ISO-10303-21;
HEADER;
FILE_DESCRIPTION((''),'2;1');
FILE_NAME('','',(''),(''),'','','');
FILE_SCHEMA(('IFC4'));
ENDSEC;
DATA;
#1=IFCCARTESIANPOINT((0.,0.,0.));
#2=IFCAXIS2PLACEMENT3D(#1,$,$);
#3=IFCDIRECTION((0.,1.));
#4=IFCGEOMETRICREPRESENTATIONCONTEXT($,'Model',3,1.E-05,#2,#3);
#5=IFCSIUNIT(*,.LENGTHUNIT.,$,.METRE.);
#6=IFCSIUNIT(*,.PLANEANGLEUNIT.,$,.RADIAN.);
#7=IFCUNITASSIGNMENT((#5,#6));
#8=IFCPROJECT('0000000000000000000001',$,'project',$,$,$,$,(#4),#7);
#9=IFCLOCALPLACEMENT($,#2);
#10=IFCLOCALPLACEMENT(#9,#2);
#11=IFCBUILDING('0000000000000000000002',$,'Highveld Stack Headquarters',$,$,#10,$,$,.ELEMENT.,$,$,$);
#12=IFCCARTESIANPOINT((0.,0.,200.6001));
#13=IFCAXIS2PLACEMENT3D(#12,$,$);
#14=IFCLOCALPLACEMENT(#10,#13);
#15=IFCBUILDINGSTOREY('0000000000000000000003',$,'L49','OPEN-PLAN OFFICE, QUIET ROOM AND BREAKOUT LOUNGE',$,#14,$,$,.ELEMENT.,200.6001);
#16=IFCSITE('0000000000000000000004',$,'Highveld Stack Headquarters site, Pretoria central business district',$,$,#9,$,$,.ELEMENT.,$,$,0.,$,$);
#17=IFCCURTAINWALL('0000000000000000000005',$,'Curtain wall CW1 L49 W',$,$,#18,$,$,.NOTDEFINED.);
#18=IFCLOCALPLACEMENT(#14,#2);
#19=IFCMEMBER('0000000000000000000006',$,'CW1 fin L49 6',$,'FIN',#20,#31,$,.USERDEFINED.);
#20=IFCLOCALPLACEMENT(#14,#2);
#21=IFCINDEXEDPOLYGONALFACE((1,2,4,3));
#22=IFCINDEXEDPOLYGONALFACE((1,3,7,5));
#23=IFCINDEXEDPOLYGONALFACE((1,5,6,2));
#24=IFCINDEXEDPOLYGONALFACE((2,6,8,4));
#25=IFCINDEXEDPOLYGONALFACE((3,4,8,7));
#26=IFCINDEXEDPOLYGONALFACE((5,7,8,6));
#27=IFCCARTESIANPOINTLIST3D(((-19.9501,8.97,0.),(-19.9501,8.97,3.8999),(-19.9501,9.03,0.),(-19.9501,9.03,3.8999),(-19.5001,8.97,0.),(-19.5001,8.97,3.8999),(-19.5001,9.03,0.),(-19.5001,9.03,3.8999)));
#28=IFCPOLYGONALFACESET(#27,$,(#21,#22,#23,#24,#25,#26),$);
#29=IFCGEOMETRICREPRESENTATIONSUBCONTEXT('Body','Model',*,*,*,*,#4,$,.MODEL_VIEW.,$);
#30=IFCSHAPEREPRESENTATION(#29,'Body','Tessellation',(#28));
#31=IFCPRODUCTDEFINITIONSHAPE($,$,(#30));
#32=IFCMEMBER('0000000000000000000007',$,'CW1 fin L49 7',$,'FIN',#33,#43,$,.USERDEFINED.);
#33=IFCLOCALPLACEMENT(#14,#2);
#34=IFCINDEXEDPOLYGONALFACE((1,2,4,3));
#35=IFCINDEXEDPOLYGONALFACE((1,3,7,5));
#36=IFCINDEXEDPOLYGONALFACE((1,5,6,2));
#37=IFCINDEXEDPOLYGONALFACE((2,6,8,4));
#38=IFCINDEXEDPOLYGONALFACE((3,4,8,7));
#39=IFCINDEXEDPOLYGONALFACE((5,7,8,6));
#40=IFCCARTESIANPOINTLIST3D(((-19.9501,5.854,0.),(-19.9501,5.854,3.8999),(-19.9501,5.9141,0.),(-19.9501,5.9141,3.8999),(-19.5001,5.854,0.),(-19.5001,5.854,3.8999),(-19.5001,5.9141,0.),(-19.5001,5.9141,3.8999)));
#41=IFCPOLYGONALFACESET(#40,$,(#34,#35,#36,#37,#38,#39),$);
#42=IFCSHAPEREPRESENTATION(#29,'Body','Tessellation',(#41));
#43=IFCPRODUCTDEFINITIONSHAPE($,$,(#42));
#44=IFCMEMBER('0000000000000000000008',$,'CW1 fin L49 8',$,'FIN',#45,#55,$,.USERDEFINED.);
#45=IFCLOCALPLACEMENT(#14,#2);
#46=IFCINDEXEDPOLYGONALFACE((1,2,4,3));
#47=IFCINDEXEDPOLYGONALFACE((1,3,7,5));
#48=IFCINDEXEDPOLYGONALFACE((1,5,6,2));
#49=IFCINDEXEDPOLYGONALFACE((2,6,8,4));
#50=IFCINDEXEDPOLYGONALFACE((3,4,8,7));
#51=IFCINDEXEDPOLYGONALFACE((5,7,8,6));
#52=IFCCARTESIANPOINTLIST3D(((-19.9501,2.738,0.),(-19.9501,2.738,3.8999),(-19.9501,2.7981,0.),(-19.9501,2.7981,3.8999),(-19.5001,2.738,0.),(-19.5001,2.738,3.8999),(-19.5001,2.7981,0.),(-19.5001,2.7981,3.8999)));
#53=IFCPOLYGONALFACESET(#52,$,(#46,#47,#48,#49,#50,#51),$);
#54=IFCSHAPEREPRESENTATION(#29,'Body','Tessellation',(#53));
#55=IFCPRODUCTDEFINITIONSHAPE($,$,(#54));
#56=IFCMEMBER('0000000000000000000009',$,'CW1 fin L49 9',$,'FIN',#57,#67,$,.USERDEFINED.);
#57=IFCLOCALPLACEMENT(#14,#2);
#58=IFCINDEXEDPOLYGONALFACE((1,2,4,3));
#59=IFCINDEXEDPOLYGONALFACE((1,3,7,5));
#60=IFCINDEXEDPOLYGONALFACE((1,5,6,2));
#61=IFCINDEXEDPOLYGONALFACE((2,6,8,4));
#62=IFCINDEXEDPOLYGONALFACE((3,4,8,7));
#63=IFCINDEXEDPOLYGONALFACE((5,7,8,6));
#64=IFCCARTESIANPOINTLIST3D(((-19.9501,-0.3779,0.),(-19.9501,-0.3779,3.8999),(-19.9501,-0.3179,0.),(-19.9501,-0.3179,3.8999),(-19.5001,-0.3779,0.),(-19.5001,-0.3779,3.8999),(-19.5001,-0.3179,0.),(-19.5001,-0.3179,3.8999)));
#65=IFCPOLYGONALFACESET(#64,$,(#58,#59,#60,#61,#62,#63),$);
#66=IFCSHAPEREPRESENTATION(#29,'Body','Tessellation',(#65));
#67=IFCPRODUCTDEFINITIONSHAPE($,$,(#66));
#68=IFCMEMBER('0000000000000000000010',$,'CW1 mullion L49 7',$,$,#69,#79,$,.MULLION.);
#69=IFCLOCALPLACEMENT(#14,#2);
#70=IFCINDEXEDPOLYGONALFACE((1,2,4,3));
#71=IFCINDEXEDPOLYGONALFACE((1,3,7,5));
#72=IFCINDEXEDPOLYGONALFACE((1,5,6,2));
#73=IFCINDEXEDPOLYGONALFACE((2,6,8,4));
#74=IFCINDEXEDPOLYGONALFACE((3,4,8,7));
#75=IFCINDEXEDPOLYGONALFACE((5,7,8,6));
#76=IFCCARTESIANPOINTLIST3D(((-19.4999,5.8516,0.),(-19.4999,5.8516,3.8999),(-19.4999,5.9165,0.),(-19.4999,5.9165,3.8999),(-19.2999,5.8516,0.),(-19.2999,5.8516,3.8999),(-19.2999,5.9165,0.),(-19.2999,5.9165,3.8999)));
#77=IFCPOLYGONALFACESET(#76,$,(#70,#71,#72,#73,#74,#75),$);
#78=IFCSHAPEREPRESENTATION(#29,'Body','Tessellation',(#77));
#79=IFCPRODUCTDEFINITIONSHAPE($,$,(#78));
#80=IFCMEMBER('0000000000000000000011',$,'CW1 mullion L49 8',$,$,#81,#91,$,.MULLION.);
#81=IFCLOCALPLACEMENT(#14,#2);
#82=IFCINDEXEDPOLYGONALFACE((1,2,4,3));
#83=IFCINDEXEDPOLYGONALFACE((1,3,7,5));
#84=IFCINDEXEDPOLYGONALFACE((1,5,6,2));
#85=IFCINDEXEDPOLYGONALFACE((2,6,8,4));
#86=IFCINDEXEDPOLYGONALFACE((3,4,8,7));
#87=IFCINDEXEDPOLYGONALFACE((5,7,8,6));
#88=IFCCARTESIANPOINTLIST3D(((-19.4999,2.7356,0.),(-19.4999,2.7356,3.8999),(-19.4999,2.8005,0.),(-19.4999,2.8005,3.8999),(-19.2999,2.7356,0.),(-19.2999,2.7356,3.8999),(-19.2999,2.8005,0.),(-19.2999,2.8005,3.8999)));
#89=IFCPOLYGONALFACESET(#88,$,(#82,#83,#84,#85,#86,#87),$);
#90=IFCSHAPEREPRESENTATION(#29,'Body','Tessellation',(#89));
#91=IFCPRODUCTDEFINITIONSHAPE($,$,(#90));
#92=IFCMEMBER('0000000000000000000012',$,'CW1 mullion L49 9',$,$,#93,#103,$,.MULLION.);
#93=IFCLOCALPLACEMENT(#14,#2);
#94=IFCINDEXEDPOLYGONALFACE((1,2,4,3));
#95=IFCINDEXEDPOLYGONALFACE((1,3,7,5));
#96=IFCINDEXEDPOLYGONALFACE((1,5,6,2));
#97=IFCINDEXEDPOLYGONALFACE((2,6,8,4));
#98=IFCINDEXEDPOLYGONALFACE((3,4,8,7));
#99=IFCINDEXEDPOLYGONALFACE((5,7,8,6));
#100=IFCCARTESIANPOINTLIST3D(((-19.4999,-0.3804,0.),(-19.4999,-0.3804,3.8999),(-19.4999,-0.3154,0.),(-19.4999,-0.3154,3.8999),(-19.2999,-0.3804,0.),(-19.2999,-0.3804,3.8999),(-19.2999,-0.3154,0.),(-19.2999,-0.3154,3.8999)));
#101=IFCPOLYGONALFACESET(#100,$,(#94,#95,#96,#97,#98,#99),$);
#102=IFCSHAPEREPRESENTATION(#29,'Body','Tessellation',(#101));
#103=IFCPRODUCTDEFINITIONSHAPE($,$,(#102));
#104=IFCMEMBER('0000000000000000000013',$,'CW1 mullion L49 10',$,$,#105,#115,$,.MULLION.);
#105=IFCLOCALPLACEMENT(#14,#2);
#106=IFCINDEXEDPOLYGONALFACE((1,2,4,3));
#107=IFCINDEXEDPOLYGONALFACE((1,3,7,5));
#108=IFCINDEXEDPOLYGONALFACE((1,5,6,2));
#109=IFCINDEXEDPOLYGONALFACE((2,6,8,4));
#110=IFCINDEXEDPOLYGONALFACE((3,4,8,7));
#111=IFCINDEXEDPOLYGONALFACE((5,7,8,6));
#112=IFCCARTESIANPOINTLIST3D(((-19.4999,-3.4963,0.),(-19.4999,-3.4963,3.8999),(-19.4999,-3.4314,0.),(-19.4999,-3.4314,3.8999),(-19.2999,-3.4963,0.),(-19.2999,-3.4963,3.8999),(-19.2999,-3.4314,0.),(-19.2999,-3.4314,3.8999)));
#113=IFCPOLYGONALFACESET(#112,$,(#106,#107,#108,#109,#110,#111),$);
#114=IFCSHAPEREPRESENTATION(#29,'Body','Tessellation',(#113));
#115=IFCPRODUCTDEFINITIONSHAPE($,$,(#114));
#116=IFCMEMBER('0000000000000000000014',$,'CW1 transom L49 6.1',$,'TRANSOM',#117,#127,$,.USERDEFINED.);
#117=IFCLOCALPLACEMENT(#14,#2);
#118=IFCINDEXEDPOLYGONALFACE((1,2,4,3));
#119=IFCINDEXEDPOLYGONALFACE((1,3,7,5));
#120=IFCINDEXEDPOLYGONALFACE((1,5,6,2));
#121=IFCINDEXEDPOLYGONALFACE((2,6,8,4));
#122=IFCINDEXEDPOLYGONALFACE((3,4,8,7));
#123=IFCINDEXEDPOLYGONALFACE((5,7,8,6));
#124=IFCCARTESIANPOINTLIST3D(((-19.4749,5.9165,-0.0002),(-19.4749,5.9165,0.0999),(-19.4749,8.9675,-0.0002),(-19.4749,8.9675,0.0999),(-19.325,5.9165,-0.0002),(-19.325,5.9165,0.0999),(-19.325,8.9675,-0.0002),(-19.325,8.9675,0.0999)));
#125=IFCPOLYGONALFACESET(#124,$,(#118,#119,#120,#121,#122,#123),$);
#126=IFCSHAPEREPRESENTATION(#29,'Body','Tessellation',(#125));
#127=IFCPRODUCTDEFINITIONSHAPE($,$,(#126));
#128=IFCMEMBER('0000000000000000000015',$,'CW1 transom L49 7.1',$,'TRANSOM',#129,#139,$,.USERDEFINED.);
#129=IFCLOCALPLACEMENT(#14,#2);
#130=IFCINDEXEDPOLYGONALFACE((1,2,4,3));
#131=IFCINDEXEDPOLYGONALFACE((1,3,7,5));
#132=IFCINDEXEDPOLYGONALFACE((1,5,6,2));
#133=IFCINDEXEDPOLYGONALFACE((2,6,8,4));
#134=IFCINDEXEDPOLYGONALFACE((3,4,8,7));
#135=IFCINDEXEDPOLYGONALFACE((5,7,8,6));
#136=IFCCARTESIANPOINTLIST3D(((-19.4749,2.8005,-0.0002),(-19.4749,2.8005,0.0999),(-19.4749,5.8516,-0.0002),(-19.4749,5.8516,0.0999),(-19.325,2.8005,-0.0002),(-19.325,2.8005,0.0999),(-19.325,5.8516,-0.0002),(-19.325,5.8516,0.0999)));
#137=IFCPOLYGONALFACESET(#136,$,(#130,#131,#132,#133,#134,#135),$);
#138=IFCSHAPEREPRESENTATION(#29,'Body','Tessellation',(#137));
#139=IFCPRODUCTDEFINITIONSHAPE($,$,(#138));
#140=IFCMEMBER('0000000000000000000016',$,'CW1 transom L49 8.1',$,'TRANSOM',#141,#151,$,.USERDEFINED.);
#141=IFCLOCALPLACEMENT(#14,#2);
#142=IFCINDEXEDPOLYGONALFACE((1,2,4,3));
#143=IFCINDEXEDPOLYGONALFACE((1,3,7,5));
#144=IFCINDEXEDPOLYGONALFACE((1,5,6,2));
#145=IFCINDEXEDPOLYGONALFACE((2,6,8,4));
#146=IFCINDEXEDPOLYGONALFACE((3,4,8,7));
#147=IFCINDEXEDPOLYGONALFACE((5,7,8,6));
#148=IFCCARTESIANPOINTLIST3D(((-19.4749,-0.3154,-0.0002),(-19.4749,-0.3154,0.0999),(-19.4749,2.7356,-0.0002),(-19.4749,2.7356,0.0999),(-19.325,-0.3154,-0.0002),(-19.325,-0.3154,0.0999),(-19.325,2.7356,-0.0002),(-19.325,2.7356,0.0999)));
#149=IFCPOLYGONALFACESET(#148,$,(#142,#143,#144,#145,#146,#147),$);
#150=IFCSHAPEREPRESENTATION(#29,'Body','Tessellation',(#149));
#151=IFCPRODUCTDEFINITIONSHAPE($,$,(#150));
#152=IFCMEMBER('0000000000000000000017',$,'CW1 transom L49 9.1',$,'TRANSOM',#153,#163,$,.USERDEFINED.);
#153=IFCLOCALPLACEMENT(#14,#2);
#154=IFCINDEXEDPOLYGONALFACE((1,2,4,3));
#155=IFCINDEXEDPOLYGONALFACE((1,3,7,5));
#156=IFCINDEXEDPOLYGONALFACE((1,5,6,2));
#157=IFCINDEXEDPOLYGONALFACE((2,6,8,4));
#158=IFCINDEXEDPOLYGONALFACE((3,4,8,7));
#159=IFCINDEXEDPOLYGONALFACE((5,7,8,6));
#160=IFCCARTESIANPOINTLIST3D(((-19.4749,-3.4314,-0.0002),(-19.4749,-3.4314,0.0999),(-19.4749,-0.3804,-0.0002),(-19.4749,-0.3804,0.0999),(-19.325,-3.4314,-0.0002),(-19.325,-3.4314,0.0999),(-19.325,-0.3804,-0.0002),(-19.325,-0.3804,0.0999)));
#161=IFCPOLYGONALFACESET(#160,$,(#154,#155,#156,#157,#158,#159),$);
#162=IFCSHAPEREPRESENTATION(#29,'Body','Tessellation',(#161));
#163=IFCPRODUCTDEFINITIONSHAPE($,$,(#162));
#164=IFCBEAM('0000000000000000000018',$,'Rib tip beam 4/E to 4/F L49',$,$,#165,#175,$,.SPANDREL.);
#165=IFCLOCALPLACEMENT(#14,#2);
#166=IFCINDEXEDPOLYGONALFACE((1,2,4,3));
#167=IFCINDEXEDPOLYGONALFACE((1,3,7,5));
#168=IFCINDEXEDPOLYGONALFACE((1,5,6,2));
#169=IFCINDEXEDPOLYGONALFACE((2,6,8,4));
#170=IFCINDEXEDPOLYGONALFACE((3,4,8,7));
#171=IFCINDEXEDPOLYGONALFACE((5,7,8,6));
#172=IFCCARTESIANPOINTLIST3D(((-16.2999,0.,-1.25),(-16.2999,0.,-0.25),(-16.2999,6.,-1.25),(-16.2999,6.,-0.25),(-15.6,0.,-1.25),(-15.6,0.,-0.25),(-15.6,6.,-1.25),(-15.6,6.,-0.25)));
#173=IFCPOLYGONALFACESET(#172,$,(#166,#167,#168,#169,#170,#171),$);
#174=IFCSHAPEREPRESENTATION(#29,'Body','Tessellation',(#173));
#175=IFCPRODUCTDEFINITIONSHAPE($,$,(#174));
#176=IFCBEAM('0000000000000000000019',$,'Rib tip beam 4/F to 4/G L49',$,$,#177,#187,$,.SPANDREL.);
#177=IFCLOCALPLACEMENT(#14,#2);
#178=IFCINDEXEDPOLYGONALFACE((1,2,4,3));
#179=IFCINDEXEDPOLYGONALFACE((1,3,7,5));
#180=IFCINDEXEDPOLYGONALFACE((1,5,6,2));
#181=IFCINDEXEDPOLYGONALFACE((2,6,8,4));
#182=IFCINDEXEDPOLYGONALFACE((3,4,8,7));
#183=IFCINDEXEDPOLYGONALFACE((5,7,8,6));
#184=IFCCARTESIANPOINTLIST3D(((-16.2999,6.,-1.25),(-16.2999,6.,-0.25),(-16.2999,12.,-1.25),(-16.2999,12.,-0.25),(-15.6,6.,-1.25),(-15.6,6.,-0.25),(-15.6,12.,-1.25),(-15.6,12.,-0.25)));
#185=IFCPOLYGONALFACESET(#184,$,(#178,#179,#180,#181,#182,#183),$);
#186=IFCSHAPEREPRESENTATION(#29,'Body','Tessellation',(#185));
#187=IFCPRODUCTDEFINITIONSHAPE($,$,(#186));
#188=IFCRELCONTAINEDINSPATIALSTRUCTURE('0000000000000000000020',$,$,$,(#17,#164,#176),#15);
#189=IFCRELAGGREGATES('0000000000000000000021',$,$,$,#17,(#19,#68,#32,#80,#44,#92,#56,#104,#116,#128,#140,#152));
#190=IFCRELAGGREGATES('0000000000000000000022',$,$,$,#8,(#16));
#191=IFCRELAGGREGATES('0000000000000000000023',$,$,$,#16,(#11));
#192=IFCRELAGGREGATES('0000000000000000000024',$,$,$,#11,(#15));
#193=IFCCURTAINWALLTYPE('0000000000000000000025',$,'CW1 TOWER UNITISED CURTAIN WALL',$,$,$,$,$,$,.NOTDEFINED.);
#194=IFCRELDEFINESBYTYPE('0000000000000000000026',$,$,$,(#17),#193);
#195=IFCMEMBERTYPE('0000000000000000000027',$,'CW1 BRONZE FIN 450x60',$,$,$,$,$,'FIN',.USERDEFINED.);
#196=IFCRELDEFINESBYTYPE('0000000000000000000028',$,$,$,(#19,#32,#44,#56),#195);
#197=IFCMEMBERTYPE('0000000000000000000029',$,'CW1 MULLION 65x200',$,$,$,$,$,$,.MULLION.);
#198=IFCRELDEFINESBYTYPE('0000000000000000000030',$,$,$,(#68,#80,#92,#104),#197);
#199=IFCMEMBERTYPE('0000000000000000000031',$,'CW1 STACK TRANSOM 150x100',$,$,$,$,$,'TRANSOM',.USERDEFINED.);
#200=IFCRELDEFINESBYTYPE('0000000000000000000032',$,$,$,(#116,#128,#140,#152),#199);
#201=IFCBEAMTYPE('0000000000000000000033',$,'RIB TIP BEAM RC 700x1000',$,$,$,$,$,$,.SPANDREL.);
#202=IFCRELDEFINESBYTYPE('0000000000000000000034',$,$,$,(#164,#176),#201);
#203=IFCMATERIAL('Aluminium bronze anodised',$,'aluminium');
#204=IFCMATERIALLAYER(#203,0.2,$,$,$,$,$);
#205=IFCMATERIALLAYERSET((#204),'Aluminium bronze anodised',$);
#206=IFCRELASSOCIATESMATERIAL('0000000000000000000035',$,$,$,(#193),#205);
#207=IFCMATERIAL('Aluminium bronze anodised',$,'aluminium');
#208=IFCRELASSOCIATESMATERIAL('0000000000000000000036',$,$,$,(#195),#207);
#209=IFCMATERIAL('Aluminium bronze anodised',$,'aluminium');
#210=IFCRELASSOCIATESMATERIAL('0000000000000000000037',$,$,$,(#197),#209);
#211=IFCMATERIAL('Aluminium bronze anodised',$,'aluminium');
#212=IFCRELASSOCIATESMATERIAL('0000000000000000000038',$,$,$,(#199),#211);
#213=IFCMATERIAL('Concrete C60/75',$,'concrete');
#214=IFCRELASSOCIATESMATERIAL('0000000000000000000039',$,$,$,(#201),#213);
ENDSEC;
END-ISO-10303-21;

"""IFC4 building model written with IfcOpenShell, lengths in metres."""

from ifc_helpers import new_model, si_unit, direction, frame, origin, origin_2d, place, context, subcontext, project, spatial, rectangle, extrude, material, layer, layer_set, material_profile, profile_set, type_object, element, aggregate, save


model = new_model("IFC4")

# Units and contexts
model_context = context("Model", 3, precision=1e-05, world=origin(), true_north=direction((0.0, 1.0)))
body_context = subcontext(model_context, "Body", "Model", "MODEL_VIEW")
ifc_project = project(units=[si_unit("LENGTHUNIT", "METRE"), si_unit("PLANEANGLEUNIT", "RADIAN")], contexts=[model_context])

# Site, building, storey
site_placement = place(None, origin())
site = spatial("IfcSite", under=ifc_project, at=site_placement, Name="Highveld Stack Headquarters site, Pretoria central business district", CompositionType="ELEMENT", RefElevation=0.0)
building_placement = place(site_placement, origin())
building = spatial("IfcBuilding", under=site, at=building_placement, Name="Highveld Stack Headquarters", CompositionType="ELEMENT")
storey_placement = place(building_placement, frame((0.0, 0.0, 200.6001)))
storey = spatial("IfcBuildingStorey", under=building, at=storey_placement, Name="L49", Description="OPEN-PLAN OFFICE, QUIET ROOM AND BREAKOUT LOUNGE", CompositionType="ELEMENT", Elevation=200.6001)

# Curtain wall, members
ifc_material_1 = material(Name="Aluminium bronze anodised", Category="aluminium")
ifc_layer_1 = layer(ifc_material_1, 0.2)
ifc_layer_set_1 = layer_set([ifc_layer_1], Name="Aluminium bronze anodised")
curtain_wall_type = type_object("IfcCurtainWallType", Name="CW1 TOWER UNITISED CURTAIN WALL", PredefinedType="NOTDEFINED", material=ifc_layer_set_1)
curtain_wall_placement = place(storey_placement, origin())
curtain_wall = element("IfcCurtainWall", 1, at=curtain_wall_placement, inside=storey, type_object=curtain_wall_type, Name="Curtain wall CW1 L49 W", PredefinedType="NOTDEFINED")
ifc_material_2 = material(Name="Aluminium bronze anodised", Category="aluminium")
ifc_material_profile_1 = material_profile(ifc_material_2, rectangle(XDim=0.45, YDim=0.0601, at=origin_2d()), Name="FIN 450x60")
ifc_profile_set_1 = profile_set([ifc_material_profile_1], Name="Aluminium bronze anodised")
member_type_1 = type_object("IfcMemberType", Name="CW1 BRONZE FIN 450x60", ElementType="FIN", PredefinedType="USERDEFINED", material=ifc_profile_set_1)
member_1_placement = place(storey_placement, frame((-19.7251, 9.0, 0.0), z_axis=(0.0, 0.0, 1.0), x_axis=(1.0, 0.0, 0.0)))
member_1 = element("IfcMember", 2, at=member_1_placement, type_object=member_type_1, Name="CW1 fin L49 6", ObjectType="FIN", PredefinedType="USERDEFINED", context=body_context, shape_type="SweptSolid", body=[
    extrude(rectangle(XDim=0.45, YDim=0.0601, at=origin_2d()), origin(), (0.0, 0.0, 1.0), 3.8999),
])
member_2_placement = place(storey_placement, frame((-19.7251, 5.884, 0.0), z_axis=(0.0, 0.0, 1.0), x_axis=(1.0, 0.0, 0.0)))
member_2 = element("IfcMember", 3, at=member_2_placement, type_object=member_type_1, Name="CW1 fin L49 7", ObjectType="FIN", PredefinedType="USERDEFINED", context=body_context, shape_type="SweptSolid", body=[
    extrude(rectangle(XDim=0.45, YDim=0.0601, at=origin_2d()), origin(), (0.0, 0.0, 1.0), 3.8999),
])
member_3_placement = place(storey_placement, frame((-19.7251, 2.7681, 0.0), z_axis=(0.0, 0.0, 1.0), x_axis=(1.0, 0.0, 0.0)))
member_3 = element("IfcMember", 4, at=member_3_placement, type_object=member_type_1, Name="CW1 fin L49 8", ObjectType="FIN", PredefinedType="USERDEFINED", context=body_context, shape_type="SweptSolid", body=[
    extrude(rectangle(XDim=0.45, YDim=0.0601, at=origin_2d()), origin(), (0.0, 0.0, 1.0), 3.8999),
])
member_4_placement = place(storey_placement, frame((-19.7251, -0.3479, 0.0), z_axis=(0.0, 0.0, 1.0), x_axis=(1.0, 0.0, 0.0)))
member_4 = element("IfcMember", 5, at=member_4_placement, type_object=member_type_1, Name="CW1 fin L49 9", ObjectType="FIN", PredefinedType="USERDEFINED", context=body_context, shape_type="SweptSolid", body=[
    extrude(rectangle(XDim=0.45, YDim=0.0601, at=origin_2d()), origin(), (0.0, 0.0, 1.0), 3.8999),
])
ifc_material_3 = material(Name="Aluminium bronze anodised", Category="aluminium")
ifc_material_profile_2 = material_profile(ifc_material_3, rectangle(XDim=0.2, YDim=0.0649, at=origin_2d()), Name="CW1 MULLION 65x200")
ifc_profile_set_2 = profile_set([ifc_material_profile_2], Name="Aluminium bronze anodised")
member_type_2 = type_object("IfcMemberType", Name="CW1 MULLION 65x200", PredefinedType="MULLION", material=ifc_profile_set_2)
member_5_placement = place(storey_placement, frame((-19.3999, 5.884, 0.0), z_axis=(0.0, 0.0, 1.0), x_axis=(1.0, 0.0, 0.0)))
member_5 = element("IfcMember", 6, at=member_5_placement, type_object=member_type_2, Name="CW1 mullion L49 7", PredefinedType="MULLION", context=body_context, shape_type="SweptSolid", body=[
    extrude(rectangle(XDim=0.2, YDim=0.0649, at=origin_2d()), origin(), (0.0, 0.0, 1.0), 3.8999),
])
member_6_placement = place(storey_placement, frame((-19.3999, 2.7681, 0.0), z_axis=(0.0, 0.0, 1.0), x_axis=(1.0, 0.0, 0.0)))
member_6 = element("IfcMember", 7, at=member_6_placement, type_object=member_type_2, Name="CW1 mullion L49 8", PredefinedType="MULLION", context=body_context, shape_type="SweptSolid", body=[
    extrude(rectangle(XDim=0.2, YDim=0.0649, at=origin_2d()), origin(), (0.0, 0.0, 1.0), 3.8999),
])
member_7_placement = place(storey_placement, frame((-19.3999, -0.3479, 0.0), z_axis=(0.0, 0.0, 1.0), x_axis=(1.0, 0.0, 0.0)))
member_7 = element("IfcMember", 8, at=member_7_placement, type_object=member_type_2, Name="CW1 mullion L49 9", PredefinedType="MULLION", context=body_context, shape_type="SweptSolid", body=[
    extrude(rectangle(XDim=0.2, YDim=0.0649, at=origin_2d()), origin(), (0.0, 0.0, 1.0), 3.8999),
])
member_8_placement = place(storey_placement, frame((-19.3999, -3.4639, 0.0), z_axis=(0.0, 0.0, 1.0), x_axis=(1.0, 0.0, 0.0)))
member_8 = element("IfcMember", 9, at=member_8_placement, type_object=member_type_2, Name="CW1 mullion L49 10", PredefinedType="MULLION", context=body_context, shape_type="SweptSolid", body=[
    extrude(rectangle(XDim=0.2, YDim=0.0649, at=origin_2d()), origin(), (0.0, 0.0, 1.0), 3.8999),
])
ifc_material_4 = material(Name="Aluminium bronze anodised", Category="aluminium")
ifc_material_profile_3 = material_profile(ifc_material_4, rectangle(XDim=0.1499, YDim=0.1001, at=origin_2d()), Name="CW1 TRANSOM 150x100")
ifc_profile_set_3 = profile_set([ifc_material_profile_3], Name="Aluminium bronze anodised")
member_type_3 = type_object("IfcMemberType", Name="CW1 STACK TRANSOM 150x100", ElementType="TRANSOM", PredefinedType="USERDEFINED", material=ifc_profile_set_3)
member_9_placement = place(storey_placement, frame((-19.3999, 8.9675, 0.0498), z_axis=(0.0, -1.0, 0.0), x_axis=(1.0, 0.0, 0.0)))
member_9 = element("IfcMember", 10, at=member_9_placement, type_object=member_type_3, Name="CW1 transom L49 6.1", ObjectType="TRANSOM", PredefinedType="USERDEFINED", context=body_context, shape_type="SweptSolid", body=[
    extrude(rectangle(XDim=0.1499, YDim=0.1001, at=origin_2d()), origin(), (0.0, 0.0, 1.0), 3.051),
])
member_10_placement = place(storey_placement, frame((-19.3999, 5.8516, 0.0498), z_axis=(0.0, -1.0, 0.0), x_axis=(1.0, 0.0, 0.0)))
member_10 = element("IfcMember", 11, at=member_10_placement, type_object=member_type_3, Name="CW1 transom L49 7.1", ObjectType="TRANSOM", PredefinedType="USERDEFINED", context=body_context, shape_type="SweptSolid", body=[
    extrude(rectangle(XDim=0.1499, YDim=0.1001, at=origin_2d()), origin(), (0.0, 0.0, 1.0), 3.051),
])
member_11_placement = place(storey_placement, frame((-19.3999, 2.7356, 0.0498), z_axis=(0.0, -1.0, 0.0), x_axis=(1.0, 0.0, 0.0)))
member_11 = element("IfcMember", 12, at=member_11_placement, type_object=member_type_3, Name="CW1 transom L49 8.1", ObjectType="TRANSOM", PredefinedType="USERDEFINED", context=body_context, shape_type="SweptSolid", body=[
    extrude(rectangle(XDim=0.1499, YDim=0.1001, at=origin_2d()), origin(), (0.0, 0.0, 1.0), 3.051),
])
member_12_placement = place(storey_placement, frame((-19.3999, -0.3804, 0.0498), z_axis=(0.0, -1.0, 0.0), x_axis=(1.0, 0.0, 0.0)))
member_12 = element("IfcMember", 13, at=member_12_placement, type_object=member_type_3, Name="CW1 transom L49 9.1", ObjectType="TRANSOM", PredefinedType="USERDEFINED", context=body_context, shape_type="SweptSolid", body=[
    extrude(rectangle(XDim=0.1499, YDim=0.1001, at=origin_2d()), origin(), (0.0, 0.0, 1.0), 3.051),
])

# Beams
ifc_material_5 = material(Name="Concrete C60/75", Category="concrete")
ifc_material_profile_4 = material_profile(ifc_material_5, rectangle(XDim=0.7, YDim=1.0, at=origin_2d()), Name="RC 700x1000")
ifc_profile_set_4 = profile_set([ifc_material_profile_4], Name="Concrete C60/75")
beam_type = type_object("IfcBeamType", Name="RIB TIP BEAM RC 700x1000", PredefinedType="SPANDREL", material=ifc_profile_set_4)
for number, where, z_axis, x_axis, name in (
    (14, (-15.95, 0.0, -0.75), (0.0, 1.0, 0.0), (-1.0, 0.0, 0.0), "Rib tip beam 4/E to 4/F L49"),
    (15, (-15.95, 6.0, -0.75), (0.0, 1.0, 0.0), (-1.0, 0.0, 0.0), "Rib tip beam 4/F to 4/G L49"),
):
    element("IfcBeam", number, at=place(storey_placement, frame(where, z_axis=z_axis, x_axis=x_axis)), inside=storey, type_object=beam_type, Name=name, PredefinedType="SPANDREL", context=body_context, shape_type="SweptSolid", body=[
        extrude(rectangle(XDim=0.7, YDim=1.0, at=origin_2d()), origin(), (0.0, 0.0, 1.0), 6.0),
    ])

aggregate(curtain_wall, [member_1, member_5, member_2, member_6, member_3, member_7, member_4, member_8, member_9, member_10, member_11, member_12])

save(model, "model.ifc")
